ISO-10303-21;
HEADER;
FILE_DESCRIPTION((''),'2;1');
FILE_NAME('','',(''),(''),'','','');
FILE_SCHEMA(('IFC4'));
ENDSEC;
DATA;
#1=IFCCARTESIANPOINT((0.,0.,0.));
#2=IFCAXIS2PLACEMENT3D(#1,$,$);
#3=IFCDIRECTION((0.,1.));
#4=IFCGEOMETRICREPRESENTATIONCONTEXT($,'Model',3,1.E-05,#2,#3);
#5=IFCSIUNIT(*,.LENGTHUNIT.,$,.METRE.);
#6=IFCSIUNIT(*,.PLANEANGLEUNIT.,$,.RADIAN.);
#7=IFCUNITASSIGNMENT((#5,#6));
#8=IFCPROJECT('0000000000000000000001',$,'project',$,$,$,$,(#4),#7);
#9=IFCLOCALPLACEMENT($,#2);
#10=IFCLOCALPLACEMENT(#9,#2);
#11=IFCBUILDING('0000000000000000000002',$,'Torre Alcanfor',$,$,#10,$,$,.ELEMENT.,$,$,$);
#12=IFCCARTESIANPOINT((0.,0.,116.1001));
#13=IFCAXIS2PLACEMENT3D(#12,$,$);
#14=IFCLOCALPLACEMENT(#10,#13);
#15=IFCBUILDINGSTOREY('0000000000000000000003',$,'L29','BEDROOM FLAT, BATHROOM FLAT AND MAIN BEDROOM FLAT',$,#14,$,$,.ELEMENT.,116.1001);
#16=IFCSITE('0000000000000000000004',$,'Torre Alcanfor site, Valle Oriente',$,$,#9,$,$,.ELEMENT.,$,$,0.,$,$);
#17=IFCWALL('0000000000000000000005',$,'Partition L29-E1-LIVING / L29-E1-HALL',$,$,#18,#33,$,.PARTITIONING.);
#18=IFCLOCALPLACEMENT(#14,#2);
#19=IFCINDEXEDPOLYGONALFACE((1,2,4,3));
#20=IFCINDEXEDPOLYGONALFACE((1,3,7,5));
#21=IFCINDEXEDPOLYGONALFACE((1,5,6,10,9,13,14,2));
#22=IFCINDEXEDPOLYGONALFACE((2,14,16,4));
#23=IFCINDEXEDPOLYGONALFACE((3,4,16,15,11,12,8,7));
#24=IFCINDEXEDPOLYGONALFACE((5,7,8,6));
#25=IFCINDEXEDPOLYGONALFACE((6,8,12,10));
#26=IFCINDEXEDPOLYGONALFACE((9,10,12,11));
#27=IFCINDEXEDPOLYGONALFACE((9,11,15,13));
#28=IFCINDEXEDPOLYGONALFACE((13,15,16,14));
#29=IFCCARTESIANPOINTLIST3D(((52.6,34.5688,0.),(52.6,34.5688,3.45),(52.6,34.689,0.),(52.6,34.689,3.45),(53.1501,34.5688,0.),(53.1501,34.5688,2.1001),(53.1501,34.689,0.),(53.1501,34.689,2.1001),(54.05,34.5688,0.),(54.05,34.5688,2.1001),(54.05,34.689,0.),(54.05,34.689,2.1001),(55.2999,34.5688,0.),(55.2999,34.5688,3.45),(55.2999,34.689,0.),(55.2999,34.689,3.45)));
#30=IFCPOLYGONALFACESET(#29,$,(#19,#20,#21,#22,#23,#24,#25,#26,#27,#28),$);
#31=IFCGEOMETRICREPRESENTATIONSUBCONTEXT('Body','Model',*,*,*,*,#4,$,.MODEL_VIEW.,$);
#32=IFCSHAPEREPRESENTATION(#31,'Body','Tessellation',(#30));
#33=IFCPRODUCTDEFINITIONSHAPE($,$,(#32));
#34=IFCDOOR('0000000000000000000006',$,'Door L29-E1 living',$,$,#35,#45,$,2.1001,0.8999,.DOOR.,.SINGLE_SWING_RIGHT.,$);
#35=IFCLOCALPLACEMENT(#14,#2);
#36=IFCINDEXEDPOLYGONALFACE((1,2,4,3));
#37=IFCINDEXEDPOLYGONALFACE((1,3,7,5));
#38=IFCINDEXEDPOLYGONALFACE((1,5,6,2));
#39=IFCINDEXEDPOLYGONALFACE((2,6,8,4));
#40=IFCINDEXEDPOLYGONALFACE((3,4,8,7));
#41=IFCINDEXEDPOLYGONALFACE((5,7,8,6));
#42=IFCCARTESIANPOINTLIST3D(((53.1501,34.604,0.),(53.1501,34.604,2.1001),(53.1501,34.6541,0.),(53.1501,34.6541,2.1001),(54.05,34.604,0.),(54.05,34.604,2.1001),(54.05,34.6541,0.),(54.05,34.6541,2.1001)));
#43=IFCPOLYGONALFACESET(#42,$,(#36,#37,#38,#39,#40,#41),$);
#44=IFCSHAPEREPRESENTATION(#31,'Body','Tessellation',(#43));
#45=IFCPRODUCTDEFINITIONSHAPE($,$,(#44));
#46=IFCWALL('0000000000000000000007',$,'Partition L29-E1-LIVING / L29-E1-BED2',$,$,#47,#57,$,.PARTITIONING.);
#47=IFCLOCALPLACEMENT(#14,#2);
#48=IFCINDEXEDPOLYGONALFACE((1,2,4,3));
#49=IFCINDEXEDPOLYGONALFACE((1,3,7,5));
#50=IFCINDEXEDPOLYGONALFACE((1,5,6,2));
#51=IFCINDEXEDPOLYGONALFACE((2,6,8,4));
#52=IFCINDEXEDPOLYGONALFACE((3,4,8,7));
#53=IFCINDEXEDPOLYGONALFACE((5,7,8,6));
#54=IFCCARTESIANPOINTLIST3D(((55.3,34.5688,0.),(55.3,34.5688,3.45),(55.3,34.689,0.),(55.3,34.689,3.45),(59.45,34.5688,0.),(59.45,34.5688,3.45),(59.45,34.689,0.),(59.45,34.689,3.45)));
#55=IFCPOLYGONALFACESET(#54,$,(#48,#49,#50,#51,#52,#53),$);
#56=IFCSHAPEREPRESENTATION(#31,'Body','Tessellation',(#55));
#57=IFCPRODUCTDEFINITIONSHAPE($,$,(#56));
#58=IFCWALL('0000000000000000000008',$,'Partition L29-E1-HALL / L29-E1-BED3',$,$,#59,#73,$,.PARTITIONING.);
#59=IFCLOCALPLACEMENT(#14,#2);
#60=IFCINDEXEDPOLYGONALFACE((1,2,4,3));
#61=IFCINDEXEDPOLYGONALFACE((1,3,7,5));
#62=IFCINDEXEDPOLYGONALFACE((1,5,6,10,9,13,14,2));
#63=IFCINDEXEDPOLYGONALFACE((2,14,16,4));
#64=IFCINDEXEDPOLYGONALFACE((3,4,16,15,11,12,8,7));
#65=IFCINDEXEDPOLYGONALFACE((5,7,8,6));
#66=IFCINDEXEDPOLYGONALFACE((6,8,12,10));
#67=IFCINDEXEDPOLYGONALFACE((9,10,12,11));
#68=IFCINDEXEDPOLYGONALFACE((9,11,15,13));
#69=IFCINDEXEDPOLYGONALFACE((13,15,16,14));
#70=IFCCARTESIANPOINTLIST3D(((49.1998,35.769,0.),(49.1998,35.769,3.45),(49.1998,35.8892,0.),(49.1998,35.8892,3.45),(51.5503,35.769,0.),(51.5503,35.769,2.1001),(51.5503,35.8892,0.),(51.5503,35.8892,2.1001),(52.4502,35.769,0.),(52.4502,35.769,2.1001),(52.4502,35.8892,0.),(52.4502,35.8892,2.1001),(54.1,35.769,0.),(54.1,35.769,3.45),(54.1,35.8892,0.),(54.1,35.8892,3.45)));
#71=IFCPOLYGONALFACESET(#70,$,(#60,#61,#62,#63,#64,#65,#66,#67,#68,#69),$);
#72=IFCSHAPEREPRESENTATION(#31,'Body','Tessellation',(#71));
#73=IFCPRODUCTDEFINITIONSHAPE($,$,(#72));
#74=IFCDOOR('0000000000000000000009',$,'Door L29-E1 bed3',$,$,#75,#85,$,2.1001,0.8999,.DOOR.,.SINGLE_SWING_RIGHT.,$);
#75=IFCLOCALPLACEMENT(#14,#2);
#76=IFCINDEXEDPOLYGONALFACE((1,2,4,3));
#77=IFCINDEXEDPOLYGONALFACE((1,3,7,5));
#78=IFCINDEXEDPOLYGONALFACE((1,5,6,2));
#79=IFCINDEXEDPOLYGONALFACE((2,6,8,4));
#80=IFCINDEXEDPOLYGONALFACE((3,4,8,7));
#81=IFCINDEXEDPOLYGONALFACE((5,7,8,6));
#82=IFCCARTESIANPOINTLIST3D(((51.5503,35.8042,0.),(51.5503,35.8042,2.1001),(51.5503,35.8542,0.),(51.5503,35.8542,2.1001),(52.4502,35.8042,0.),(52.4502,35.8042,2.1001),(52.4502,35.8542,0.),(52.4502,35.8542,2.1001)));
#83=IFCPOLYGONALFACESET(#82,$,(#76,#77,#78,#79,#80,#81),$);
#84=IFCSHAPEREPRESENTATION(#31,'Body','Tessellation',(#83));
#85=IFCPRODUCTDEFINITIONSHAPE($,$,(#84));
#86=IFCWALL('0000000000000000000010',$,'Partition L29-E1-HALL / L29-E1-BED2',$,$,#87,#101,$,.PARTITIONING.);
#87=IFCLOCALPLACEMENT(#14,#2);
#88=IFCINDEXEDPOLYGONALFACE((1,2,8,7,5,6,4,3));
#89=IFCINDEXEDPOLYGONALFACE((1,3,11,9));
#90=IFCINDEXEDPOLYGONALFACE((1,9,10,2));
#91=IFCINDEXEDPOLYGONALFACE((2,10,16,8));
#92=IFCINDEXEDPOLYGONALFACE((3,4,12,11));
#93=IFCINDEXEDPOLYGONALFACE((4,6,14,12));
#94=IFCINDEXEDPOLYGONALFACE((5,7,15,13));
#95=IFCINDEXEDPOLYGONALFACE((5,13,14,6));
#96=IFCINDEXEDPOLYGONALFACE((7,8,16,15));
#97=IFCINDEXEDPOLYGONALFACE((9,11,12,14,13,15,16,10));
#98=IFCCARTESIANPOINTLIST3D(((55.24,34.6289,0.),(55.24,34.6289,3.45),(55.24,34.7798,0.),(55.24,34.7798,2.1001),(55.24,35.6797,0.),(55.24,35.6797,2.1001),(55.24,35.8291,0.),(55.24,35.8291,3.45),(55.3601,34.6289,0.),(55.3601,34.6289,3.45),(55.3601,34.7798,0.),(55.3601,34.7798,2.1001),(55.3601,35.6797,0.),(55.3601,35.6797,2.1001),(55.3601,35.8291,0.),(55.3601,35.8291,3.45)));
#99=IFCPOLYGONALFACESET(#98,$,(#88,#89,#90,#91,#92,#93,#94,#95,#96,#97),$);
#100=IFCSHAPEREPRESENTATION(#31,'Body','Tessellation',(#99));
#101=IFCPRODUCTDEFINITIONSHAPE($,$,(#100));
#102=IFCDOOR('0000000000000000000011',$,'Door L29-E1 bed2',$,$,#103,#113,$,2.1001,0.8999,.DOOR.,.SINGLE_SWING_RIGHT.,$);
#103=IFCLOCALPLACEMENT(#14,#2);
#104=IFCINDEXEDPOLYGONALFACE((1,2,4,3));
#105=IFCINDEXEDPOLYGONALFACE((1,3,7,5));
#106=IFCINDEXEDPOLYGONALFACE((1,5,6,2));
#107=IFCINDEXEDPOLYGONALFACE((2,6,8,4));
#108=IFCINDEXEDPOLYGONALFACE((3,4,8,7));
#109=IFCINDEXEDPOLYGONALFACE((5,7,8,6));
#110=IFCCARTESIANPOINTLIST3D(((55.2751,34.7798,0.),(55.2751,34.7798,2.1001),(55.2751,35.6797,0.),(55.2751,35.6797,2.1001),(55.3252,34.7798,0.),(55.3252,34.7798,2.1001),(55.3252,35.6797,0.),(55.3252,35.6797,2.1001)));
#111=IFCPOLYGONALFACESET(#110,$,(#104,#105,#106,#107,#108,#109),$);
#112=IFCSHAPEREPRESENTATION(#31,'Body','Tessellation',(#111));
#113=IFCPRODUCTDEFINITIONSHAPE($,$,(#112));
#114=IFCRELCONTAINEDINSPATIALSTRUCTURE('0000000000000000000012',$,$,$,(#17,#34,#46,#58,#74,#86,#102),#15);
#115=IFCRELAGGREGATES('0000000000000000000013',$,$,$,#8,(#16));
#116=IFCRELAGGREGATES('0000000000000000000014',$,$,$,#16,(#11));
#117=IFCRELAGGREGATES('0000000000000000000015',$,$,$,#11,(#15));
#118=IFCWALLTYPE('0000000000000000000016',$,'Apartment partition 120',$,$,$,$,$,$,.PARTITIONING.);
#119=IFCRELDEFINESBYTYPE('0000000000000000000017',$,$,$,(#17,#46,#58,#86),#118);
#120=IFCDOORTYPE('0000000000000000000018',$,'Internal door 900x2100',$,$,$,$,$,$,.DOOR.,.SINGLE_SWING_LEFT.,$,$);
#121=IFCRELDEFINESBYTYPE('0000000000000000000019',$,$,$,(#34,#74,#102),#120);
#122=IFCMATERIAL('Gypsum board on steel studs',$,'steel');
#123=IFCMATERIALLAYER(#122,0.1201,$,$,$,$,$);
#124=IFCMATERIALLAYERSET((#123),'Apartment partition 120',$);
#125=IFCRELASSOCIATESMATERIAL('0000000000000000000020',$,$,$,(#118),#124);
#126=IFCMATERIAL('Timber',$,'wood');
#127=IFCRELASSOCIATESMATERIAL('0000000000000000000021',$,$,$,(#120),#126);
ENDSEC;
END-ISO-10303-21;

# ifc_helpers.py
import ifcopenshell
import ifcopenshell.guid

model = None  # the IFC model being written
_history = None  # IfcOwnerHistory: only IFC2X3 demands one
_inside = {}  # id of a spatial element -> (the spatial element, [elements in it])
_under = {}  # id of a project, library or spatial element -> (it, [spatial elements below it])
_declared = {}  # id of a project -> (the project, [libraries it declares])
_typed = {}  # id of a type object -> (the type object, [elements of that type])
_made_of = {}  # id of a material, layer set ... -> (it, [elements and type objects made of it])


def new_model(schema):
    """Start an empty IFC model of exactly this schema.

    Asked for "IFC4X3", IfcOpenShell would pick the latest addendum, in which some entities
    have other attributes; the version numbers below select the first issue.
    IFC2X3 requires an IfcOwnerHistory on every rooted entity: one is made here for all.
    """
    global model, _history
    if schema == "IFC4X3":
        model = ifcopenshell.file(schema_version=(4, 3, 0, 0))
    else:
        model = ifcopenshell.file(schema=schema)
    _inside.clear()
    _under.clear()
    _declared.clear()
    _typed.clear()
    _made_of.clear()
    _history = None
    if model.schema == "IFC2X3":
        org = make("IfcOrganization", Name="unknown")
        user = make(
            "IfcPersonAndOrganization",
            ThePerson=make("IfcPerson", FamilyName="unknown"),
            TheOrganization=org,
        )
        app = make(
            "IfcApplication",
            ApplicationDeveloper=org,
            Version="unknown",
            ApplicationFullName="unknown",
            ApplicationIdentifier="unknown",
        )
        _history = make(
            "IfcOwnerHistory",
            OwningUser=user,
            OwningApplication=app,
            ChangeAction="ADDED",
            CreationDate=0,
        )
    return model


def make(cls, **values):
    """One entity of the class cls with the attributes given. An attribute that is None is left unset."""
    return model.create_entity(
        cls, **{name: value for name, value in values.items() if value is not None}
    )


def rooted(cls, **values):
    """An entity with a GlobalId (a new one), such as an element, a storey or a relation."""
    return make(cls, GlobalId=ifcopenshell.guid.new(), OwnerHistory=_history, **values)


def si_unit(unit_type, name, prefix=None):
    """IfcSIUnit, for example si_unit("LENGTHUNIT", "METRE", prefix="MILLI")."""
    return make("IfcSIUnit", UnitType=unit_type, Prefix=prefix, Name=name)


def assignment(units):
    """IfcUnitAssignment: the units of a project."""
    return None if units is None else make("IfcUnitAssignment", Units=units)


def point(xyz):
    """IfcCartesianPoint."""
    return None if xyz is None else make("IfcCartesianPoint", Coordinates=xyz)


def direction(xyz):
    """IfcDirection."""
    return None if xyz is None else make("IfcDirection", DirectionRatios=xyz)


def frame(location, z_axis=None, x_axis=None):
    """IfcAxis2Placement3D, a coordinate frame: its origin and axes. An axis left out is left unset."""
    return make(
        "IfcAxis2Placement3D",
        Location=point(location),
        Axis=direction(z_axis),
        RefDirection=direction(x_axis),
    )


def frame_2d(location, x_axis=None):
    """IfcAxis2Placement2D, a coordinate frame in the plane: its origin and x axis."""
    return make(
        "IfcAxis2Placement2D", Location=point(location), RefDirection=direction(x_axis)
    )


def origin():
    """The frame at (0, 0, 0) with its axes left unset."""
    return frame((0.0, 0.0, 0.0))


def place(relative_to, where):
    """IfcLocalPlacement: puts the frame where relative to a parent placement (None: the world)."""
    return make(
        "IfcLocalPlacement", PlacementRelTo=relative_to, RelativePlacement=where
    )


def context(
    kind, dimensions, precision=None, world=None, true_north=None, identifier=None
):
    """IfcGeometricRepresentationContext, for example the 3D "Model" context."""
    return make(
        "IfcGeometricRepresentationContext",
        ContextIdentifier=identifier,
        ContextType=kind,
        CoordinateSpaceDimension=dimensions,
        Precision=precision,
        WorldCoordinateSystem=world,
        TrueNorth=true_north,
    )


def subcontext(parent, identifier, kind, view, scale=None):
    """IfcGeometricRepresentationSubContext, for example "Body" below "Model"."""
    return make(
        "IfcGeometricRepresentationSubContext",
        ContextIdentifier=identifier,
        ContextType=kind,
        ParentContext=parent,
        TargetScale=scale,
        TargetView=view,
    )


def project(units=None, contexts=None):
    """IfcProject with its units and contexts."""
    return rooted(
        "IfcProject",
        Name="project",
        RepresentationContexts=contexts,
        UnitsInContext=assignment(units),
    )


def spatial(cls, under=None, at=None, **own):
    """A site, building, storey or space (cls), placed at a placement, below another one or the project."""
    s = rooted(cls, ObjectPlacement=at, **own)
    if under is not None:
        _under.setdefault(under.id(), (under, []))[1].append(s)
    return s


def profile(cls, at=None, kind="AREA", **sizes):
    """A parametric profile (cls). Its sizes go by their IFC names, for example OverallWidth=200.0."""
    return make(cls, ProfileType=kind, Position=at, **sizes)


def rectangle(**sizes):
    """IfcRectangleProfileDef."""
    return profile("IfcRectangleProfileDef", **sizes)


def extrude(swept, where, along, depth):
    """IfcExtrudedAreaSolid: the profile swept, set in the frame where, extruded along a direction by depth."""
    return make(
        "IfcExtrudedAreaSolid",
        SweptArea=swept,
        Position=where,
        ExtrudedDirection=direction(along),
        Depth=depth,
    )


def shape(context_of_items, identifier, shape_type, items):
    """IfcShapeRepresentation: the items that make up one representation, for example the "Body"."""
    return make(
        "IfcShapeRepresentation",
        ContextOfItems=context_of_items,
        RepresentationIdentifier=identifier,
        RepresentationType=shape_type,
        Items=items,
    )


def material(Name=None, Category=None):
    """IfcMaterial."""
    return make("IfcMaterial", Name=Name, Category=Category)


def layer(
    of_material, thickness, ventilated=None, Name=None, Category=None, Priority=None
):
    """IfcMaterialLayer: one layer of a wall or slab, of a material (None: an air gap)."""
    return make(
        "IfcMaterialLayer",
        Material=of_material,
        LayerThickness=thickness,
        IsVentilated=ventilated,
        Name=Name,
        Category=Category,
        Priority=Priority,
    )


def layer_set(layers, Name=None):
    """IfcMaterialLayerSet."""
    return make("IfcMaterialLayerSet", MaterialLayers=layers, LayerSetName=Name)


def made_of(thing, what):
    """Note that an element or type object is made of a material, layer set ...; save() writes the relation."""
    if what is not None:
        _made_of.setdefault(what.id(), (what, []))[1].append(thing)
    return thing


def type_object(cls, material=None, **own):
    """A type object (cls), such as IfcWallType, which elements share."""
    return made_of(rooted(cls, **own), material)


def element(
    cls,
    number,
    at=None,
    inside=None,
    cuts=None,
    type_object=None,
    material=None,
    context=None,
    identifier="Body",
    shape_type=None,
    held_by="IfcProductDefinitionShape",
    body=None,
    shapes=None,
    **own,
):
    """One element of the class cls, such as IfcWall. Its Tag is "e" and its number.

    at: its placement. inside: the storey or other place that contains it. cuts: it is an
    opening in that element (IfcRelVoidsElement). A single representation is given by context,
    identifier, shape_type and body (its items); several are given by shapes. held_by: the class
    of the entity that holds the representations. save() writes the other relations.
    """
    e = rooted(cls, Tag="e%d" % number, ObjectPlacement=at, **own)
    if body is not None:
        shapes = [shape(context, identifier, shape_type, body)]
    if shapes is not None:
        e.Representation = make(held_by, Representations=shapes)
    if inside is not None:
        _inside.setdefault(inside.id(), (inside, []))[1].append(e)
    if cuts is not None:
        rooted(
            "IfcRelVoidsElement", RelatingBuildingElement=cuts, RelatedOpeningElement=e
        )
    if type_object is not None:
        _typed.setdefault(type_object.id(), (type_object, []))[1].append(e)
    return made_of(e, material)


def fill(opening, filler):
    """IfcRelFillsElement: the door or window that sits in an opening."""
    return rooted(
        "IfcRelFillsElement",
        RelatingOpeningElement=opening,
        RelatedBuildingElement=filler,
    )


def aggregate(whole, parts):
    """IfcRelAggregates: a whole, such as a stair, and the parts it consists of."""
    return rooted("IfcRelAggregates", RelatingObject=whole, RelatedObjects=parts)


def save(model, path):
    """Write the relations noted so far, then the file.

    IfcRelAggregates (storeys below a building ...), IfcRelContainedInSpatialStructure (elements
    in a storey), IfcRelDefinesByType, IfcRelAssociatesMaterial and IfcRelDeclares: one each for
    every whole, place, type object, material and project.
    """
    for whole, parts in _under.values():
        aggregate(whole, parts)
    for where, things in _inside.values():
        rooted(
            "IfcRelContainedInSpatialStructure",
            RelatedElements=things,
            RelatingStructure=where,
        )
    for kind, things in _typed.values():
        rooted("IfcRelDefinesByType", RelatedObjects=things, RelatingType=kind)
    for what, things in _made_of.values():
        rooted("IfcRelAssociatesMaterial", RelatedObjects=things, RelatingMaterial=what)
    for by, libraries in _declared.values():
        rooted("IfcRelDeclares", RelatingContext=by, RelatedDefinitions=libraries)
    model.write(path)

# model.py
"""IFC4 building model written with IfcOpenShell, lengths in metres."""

from ifc_helpers import new_model, si_unit, direction, frame, frame_2d, origin, place, context, subcontext, project, spatial, rectangle, extrude, material, layer, layer_set, type_object, element, fill, save


model = new_model("IFC4")

# Units and contexts
model_context = context("Model", 3, precision=1e-05, world=origin(), true_north=direction((0.0, 1.0)))
body_context = subcontext(model_context, "Body", "Model", "MODEL_VIEW")
ifc_project = project(units=[si_unit("LENGTHUNIT", "METRE"), si_unit("PLANEANGLEUNIT", "RADIAN")], contexts=[model_context])

# Site, building, storey
site_placement = place(None, origin())
site = spatial("IfcSite", under=ifc_project, at=site_placement, Name="Torre Alcanfor site, Valle Oriente", CompositionType="ELEMENT", RefElevation=0.0)
building_placement = place(site_placement, origin())
building = spatial("IfcBuilding", under=site, at=building_placement, Name="Torre Alcanfor", CompositionType="ELEMENT")
storey_placement = place(building_placement, frame((0.0, 0.0, 116.1001)))
storey = spatial("IfcBuildingStorey", under=building, at=storey_placement, Name="L29", Description="BEDROOM FLAT, BATHROOM FLAT AND MAIN BEDROOM FLAT", CompositionType="ELEMENT", Elevation=116.1001)

# Shared definitions
ifc_material_1 = material(Name="Gypsum board on steel studs", Category="steel")
ifc_layer_1 = layer(ifc_material_1, 0.1201)
ifc_layer_set_1 = layer_set([ifc_layer_1], Name="Apartment partition 120")
wall_type = type_object("IfcWallType", Name="Apartment partition 120", PredefinedType="PARTITIONING", material=ifc_layer_set_1)

# Wall, opening, door
wall_1_placement = place(storey_placement, frame((55.3, 34.6289, 0.0), z_axis=(0.0, 0.0, 1.0), x_axis=(-1.0, 0.0, 0.0)))
wall_1 = element("IfcWall", 1, at=wall_1_placement, inside=storey, type_object=wall_type, Name="Partition L29-E1-LIVING / L29-E1-HALL", PredefinedType="PARTITIONING", context=body_context, shape_type="SweptSolid", body=[
    extrude(rectangle(XDim=2.7, YDim=0.1201, at=frame_2d((1.3501, 0.0))), origin(), (0.0, 0.0, 1.0), 3.45),
])
opening_1_placement = place(wall_1_placement, frame((1.25, 0.0, 0.0)))
opening_1 = element("IfcOpeningElement", 2, at=opening_1_placement, cuts=wall_1, PredefinedType="OPENING", context=body_context, shape_type="SweptSolid", body=[
    extrude(rectangle(XDim=0.8999, YDim=2.1001, at=frame_2d((0.45, 1.05))), frame((0.0, 0.0701, 0.0), z_axis=(0.0, -1.0, 0.0), x_axis=(1.0, 0.0, 0.0)), (0.0, 0.0, 1.0), 0.1401),
])
ifc_material_2 = material(Name="Timber", Category="wood")
door_type = type_object("IfcDoorType", Name="Internal door 900x2100", OperationType="SINGLE_SWING_LEFT", PredefinedType="DOOR", material=ifc_material_2)
door_1_placement = place(opening_1_placement, origin())
door_1 = element("IfcDoor", 3, at=door_1_placement, inside=storey, type_object=door_type, Name="Door L29-E1 living", OperationType="SINGLE_SWING_RIGHT", OverallHeight=2.1001, OverallWidth=0.8999, PredefinedType="DOOR", context=body_context, shape_type="SweptSolid", body=[
    extrude(rectangle(XDim=0.8999, YDim=2.1001, at=frame_2d((0.45, 1.05))), frame((0.0, 0.0249, 0.0), z_axis=(0.0, -1.0, 0.0), x_axis=(1.0, 0.0, 0.0)), (0.0, 0.0, 1.0), 0.05),
])
fill(opening_1, door_1)

# Wall
wall_2_placement = place(storey_placement, frame((59.45, 34.6289, 0.0), z_axis=(0.0, 0.0, 1.0), x_axis=(-1.0, 0.0, 0.0)))
element("IfcWall", 4, at=wall_2_placement, inside=storey, type_object=wall_type, Name="Partition L29-E1-LIVING / L29-E1-BED2", PredefinedType="PARTITIONING", context=body_context, shape_type="SweptSolid", body=[
    extrude(rectangle(XDim=4.1499, YDim=0.1201, at=frame_2d((2.075, 0.0))), origin(), (0.0, 0.0, 1.0), 3.45),
])

# Walls, openings, doors
wall_3_placement = place(storey_placement, frame((54.1001, 35.8291, 0.0), z_axis=(0.0, 0.0, 1.0), x_axis=(-1.0, 0.0, 0.0)))
wall_3 = element("IfcWall", 5, at=wall_3_placement, inside=storey, type_object=wall_type, Name="Partition L29-E1-HALL / L29-E1-BED3", PredefinedType="PARTITIONING", context=body_context, shape_type="SweptSolid", body=[
    extrude(rectangle(XDim=4.9001, YDim=0.1201, at=frame_2d((2.4502, 0.0))), origin(), (0.0, 0.0, 1.0), 3.45),
])
opening_2_placement = place(wall_3_placement, frame((1.6499, 0.0, 0.0)))
opening_2 = element("IfcOpeningElement", 6, at=opening_2_placement, cuts=wall_3, PredefinedType="OPENING", context=body_context, shape_type="SweptSolid", body=[
    extrude(rectangle(XDim=0.8999, YDim=2.1001, at=frame_2d((0.45, 1.05))), frame((0.0, 0.0701, 0.0), z_axis=(0.0, -1.0, 0.0), x_axis=(1.0, 0.0, 0.0)), (0.0, 0.0, 1.0), 0.1401),
])
door_2_placement = place(opening_2_placement, frame((0.8999, 0.0, 0.0), z_axis=(0.0, 0.0, 1.0), x_axis=(-1.0, 0.0, 0.0)))
door_2 = element("IfcDoor", 7, at=door_2_placement, inside=storey, type_object=door_type, Name="Door L29-E1 bed3", OperationType="SINGLE_SWING_RIGHT", OverallHeight=2.1001, OverallWidth=0.8999, PredefinedType="DOOR", context=body_context, shape_type="SweptSolid", body=[
    extrude(rectangle(XDim=0.8999, YDim=2.1001, at=frame_2d((0.45, 1.05))), frame((0.0, 0.0251, 0.0), z_axis=(0.0, -1.0, 0.0), x_axis=(1.0, 0.0, 0.0)), (0.0, 0.0, 1.0), 0.05),
])
fill(opening_2, door_2)
wall_4_placement = place(storey_placement, frame((55.3, 34.6289, 0.0), z_axis=(0.0, 0.0, 1.0), x_axis=(0.0, 1.0, 0.0)))
wall_4 = element("IfcWall", 8, at=wall_4_placement, inside=storey, type_object=wall_type, Name="Partition L29-E1-HALL / L29-E1-BED2", PredefinedType="PARTITIONING", context=body_context, shape_type="SweptSolid", body=[
    extrude(rectangle(XDim=1.2002, YDim=0.1201, at=frame_2d((0.6001, 0.0))), origin(), (0.0, 0.0, 1.0), 3.45),
])
opening_3_placement = place(wall_4_placement, frame((0.1509, 0.0, 0.0)))
opening_3 = element("IfcOpeningElement", 9, at=opening_3_placement, cuts=wall_4, PredefinedType="OPENING", context=body_context, shape_type="SweptSolid", body=[
    extrude(rectangle(XDim=0.8999, YDim=2.1001, at=frame_2d((0.45, 1.05))), frame((0.0, 0.0701, 0.0), z_axis=(0.0, -1.0, 0.0), x_axis=(1.0, 0.0, 0.0)), (0.0, 0.0, 1.0), 0.1401),
])
door_3_placement = place(opening_3_placement, frame((0.8999, 0.0, 0.0), z_axis=(0.0, 0.0, 1.0), x_axis=(-1.0, 0.0, 0.0)))
door_3 = element("IfcDoor", 10, at=door_3_placement, inside=storey, type_object=door_type, Name="Door L29-E1 bed2", OperationType="SINGLE_SWING_RIGHT", OverallHeight=2.1001, OverallWidth=0.8999, PredefinedType="DOOR", context=body_context, shape_type="SweptSolid", body=[
    extrude(rectangle(XDim=0.8999, YDim=2.1001, at=frame_2d((0.45, 1.05))), frame((0.0, 0.0251, 0.0), z_axis=(0.0, -1.0, 0.0), x_axis=(1.0, 0.0, 0.0)), (0.0, 0.0, 1.0), 0.05),
])
fill(opening_3, door_3)

save(model, "model.ifc")
